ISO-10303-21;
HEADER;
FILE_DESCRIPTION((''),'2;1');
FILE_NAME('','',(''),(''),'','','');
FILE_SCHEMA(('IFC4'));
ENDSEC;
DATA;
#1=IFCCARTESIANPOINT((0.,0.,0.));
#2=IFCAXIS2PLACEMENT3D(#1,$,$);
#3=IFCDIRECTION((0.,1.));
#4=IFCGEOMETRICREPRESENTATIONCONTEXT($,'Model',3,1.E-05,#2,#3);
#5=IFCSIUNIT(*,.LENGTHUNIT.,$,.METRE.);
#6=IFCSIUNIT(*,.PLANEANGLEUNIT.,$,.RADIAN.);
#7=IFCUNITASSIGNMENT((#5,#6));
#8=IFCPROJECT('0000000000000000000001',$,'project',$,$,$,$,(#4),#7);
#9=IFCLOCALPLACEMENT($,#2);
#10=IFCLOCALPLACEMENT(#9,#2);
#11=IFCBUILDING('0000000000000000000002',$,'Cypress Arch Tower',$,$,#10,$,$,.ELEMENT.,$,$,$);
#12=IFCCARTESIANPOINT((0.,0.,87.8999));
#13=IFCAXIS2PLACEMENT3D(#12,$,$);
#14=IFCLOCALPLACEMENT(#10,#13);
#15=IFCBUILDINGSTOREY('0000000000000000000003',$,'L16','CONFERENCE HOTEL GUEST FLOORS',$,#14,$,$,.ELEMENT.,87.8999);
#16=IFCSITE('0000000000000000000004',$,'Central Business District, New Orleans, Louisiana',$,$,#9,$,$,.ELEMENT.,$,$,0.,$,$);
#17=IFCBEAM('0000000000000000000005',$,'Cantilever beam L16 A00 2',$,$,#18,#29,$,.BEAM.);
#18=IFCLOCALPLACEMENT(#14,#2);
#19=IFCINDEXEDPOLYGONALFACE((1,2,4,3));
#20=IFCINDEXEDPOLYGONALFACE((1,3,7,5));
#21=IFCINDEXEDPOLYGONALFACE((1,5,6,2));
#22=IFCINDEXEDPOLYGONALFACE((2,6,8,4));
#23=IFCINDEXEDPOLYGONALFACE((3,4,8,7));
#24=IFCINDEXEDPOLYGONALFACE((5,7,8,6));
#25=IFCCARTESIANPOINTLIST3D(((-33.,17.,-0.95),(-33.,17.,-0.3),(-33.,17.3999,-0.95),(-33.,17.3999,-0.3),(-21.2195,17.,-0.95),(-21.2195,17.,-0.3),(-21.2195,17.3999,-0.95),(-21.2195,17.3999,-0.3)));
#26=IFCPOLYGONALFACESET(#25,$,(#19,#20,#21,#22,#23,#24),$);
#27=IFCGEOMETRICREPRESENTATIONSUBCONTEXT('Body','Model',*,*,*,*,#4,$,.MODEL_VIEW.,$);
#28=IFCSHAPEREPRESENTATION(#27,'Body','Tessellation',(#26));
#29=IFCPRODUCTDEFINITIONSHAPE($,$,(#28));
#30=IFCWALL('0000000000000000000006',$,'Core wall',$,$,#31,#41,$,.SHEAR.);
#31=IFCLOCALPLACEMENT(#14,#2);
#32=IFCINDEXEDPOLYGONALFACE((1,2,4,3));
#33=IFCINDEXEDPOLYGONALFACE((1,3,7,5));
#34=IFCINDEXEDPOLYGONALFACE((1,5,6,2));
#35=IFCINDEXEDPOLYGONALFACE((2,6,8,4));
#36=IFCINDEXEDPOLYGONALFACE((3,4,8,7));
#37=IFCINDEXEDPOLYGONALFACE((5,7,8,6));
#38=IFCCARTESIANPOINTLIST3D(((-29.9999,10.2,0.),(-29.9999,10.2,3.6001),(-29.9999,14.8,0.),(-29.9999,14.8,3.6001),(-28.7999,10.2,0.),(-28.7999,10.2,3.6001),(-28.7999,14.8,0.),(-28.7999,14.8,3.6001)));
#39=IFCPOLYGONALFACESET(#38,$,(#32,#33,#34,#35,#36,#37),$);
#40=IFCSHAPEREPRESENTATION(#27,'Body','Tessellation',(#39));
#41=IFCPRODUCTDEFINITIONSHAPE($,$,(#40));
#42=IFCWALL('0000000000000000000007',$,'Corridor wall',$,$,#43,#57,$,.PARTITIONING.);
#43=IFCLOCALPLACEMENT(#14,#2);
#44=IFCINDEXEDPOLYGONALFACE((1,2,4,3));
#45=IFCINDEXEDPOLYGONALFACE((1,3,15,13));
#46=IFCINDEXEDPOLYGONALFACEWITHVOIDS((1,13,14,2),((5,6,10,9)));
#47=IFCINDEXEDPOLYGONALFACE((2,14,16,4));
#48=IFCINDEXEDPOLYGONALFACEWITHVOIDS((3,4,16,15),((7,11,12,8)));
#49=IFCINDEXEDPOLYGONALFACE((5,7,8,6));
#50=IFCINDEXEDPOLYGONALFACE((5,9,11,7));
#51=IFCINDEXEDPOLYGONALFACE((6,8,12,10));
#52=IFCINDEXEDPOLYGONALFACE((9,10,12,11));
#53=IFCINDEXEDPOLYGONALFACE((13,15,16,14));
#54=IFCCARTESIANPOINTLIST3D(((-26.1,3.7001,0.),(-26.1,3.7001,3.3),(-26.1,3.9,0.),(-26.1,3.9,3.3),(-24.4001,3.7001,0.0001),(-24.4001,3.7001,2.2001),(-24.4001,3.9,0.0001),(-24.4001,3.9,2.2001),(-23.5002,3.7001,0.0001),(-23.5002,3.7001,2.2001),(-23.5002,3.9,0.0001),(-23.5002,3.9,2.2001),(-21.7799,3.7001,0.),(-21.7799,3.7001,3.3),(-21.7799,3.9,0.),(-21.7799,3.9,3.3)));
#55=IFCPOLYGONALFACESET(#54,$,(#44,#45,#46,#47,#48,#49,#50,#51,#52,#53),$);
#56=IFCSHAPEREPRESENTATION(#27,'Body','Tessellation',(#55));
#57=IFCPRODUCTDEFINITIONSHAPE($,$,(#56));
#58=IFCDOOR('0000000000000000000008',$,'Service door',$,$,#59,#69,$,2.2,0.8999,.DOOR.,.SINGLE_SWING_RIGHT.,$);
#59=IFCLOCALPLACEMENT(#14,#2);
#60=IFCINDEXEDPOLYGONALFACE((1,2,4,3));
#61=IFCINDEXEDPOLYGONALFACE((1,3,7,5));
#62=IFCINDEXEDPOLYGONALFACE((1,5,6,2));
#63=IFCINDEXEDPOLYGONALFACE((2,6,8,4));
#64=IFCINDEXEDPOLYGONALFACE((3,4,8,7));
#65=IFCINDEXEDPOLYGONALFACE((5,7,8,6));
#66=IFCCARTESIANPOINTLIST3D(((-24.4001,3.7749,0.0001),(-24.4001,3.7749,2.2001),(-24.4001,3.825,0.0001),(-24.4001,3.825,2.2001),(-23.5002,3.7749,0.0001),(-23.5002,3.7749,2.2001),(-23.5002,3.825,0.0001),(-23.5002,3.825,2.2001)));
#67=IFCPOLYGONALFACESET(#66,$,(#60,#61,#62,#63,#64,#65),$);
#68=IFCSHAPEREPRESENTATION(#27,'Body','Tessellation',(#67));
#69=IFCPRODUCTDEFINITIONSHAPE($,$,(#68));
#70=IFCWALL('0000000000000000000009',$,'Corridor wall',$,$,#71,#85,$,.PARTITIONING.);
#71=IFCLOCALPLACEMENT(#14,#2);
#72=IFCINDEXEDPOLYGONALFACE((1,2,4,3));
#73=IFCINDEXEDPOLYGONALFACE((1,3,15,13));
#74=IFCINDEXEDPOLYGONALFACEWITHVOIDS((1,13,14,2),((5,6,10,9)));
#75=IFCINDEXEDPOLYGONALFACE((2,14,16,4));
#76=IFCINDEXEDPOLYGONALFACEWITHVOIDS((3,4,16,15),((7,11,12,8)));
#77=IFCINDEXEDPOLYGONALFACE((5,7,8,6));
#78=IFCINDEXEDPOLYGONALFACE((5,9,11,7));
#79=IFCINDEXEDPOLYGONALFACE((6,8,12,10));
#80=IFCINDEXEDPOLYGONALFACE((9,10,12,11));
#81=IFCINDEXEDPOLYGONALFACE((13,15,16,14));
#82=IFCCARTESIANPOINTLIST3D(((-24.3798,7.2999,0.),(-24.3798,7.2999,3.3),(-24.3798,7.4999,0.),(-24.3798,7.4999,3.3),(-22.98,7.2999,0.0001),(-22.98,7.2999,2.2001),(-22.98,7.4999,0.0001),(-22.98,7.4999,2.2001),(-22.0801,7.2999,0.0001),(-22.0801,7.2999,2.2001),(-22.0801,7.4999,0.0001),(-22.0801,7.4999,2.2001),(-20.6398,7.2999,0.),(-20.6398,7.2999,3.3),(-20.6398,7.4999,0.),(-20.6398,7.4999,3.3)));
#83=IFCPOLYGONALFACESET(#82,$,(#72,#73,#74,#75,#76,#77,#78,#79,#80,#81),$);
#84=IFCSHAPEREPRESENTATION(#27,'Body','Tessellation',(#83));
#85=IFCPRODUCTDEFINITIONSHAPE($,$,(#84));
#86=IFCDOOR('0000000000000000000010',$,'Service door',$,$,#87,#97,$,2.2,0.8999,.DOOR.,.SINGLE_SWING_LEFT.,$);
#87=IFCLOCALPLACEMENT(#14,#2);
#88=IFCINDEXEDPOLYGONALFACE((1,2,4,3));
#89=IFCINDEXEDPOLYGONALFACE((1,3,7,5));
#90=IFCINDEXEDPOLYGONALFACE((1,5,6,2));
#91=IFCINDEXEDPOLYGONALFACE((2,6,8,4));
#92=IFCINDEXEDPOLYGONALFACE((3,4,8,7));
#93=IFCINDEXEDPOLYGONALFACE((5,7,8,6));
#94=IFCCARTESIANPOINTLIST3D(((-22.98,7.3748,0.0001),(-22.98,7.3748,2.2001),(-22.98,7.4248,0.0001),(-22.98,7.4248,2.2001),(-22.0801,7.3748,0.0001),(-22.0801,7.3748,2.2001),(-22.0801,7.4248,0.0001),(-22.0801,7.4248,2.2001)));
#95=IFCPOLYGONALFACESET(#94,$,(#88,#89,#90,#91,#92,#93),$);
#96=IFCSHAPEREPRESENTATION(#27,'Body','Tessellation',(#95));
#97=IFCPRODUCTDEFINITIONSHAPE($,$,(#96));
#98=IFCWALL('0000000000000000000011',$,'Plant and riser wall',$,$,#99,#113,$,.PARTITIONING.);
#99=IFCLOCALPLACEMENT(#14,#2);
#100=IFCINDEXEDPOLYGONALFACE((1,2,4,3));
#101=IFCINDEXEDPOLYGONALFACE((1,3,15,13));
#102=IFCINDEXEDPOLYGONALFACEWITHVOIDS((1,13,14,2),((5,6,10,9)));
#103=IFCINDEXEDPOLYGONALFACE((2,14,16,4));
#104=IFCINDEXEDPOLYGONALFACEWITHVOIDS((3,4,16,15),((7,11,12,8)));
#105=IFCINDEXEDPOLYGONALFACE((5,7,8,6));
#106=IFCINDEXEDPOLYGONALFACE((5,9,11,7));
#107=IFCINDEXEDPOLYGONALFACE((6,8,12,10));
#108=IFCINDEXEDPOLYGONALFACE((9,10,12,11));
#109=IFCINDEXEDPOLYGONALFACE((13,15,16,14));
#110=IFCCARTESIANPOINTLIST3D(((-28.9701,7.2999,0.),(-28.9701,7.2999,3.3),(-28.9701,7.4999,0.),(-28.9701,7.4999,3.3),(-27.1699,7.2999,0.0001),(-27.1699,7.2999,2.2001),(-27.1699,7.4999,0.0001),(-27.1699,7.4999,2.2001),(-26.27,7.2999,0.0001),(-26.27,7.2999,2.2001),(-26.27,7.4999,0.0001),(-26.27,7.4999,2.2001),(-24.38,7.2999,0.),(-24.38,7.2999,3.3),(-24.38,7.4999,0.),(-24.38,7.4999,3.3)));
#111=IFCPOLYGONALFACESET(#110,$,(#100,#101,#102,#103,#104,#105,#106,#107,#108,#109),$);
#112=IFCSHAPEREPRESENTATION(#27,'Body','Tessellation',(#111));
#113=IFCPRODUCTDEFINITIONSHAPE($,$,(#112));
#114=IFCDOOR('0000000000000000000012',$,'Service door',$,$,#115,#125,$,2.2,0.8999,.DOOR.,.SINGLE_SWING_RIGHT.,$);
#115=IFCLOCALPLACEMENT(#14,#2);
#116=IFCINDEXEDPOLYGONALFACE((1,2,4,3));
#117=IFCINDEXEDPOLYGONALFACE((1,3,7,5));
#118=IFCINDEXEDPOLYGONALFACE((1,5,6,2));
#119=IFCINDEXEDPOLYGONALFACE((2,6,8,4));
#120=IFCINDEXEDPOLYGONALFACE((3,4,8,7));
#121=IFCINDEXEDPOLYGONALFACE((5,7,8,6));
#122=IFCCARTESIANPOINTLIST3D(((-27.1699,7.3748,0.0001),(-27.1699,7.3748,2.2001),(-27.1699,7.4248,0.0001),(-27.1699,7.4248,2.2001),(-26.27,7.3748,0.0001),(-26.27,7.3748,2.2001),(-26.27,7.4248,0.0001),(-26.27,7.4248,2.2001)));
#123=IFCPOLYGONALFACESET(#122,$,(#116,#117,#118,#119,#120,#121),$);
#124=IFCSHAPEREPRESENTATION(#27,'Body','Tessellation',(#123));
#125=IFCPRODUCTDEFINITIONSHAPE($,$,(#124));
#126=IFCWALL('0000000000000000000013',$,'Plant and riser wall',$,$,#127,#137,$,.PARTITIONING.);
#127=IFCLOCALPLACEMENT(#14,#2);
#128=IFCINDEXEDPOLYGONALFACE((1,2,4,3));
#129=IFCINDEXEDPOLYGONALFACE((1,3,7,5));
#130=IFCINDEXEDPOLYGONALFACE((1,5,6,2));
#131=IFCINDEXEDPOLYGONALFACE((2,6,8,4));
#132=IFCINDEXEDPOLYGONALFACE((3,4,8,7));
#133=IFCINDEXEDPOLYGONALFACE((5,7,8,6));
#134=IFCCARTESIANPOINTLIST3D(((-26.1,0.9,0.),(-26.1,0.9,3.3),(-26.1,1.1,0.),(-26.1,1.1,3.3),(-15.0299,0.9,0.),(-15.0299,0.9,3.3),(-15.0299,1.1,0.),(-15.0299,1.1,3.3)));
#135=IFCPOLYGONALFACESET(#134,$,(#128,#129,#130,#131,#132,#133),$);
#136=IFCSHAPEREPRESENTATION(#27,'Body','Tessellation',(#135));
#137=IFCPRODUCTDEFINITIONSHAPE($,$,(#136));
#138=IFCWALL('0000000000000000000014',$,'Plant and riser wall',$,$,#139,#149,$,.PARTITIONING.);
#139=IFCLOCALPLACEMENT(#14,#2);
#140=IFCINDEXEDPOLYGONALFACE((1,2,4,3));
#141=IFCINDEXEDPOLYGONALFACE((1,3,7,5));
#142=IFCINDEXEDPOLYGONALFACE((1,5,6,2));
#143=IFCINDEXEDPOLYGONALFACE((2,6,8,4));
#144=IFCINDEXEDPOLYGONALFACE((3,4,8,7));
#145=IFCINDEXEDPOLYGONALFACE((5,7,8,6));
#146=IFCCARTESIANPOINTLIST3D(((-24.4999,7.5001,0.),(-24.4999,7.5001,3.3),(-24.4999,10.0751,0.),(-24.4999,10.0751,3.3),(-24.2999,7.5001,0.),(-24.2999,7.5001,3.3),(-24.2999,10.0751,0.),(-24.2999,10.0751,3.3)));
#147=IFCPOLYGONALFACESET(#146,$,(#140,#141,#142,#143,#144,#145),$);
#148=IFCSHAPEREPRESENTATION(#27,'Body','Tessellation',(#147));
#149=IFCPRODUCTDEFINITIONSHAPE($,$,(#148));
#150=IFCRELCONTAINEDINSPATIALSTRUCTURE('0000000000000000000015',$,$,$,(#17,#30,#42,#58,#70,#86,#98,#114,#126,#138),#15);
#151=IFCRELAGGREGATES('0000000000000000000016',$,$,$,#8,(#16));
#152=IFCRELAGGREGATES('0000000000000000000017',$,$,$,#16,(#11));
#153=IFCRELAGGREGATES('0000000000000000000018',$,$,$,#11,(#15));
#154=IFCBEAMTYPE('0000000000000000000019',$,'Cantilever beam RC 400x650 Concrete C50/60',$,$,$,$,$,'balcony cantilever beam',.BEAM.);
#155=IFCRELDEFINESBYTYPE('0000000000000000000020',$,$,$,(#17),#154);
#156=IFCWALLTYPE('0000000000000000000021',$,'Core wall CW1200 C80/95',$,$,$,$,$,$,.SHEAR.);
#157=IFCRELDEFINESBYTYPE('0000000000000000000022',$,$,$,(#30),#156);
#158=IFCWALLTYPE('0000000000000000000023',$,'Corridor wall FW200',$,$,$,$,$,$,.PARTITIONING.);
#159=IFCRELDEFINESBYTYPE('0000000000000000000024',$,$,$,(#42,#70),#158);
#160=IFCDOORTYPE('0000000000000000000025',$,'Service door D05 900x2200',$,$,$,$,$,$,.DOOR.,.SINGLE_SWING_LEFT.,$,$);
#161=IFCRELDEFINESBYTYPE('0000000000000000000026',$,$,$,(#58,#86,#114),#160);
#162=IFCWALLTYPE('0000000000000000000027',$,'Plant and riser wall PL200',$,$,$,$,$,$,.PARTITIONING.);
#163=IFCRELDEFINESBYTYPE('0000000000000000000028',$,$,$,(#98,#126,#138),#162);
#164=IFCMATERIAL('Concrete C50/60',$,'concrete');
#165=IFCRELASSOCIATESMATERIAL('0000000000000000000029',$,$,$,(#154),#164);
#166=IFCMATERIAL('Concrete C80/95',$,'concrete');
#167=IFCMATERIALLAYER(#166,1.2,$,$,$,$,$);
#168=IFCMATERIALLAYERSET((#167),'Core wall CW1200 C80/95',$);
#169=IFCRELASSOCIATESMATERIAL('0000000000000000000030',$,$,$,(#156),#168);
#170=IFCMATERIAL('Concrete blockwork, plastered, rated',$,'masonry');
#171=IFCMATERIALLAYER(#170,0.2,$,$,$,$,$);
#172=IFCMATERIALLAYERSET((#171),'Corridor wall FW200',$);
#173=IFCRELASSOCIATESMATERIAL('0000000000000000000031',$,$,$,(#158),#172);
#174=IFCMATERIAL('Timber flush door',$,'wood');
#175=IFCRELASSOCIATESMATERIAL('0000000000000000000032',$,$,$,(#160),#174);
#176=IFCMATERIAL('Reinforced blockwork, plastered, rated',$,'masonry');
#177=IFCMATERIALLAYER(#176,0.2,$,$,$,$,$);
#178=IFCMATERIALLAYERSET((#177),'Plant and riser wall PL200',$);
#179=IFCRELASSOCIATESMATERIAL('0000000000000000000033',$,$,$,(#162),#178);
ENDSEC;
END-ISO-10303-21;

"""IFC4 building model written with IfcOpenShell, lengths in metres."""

from ifc_helpers import new_model, si_unit, direction, frame, frame_2d, origin, origin_2d, place, context, subcontext, project, spatial, rectangle, extrude, material, layer, layer_set, material_profile, profile_set, type_object, element, fill, save


model = new_model("IFC4")

# Units and contexts
model_context = context("Model", 3, precision=1e-05, world=origin(), true_north=direction((0.0, 1.0)))
body_context = subcontext(model_context, "Body", "Model", "MODEL_VIEW")
ifc_project = project(units=[si_unit("LENGTHUNIT", "METRE"), si_unit("PLANEANGLEUNIT", "RADIAN")], contexts=[model_context])

# Site, building, storey
site_placement = place(None, origin())
site = spatial("IfcSite", under=ifc_project, at=site_placement, Name="Central Business District, New Orleans, Louisiana", CompositionType="ELEMENT", RefElevation=0.0)
building_placement = place(site_placement, origin())
building = spatial("IfcBuilding", under=site, at=building_placement, Name="Cypress Arch Tower", CompositionType="ELEMENT")
storey_placement = place(building_placement, frame((0.0, 0.0, 87.8999)))
storey = spatial("IfcBuildingStorey", under=building, at=storey_placement, Name="L16", Description="CONFERENCE HOTEL GUEST FLOORS", CompositionType="ELEMENT", Elevation=87.8999)

# Beam
ifc_material_1 = material(Name="Concrete C50/60", Category="concrete")
ifc_material_profile = material_profile(ifc_material_1, rectangle(XDim=0.3999, YDim=0.6499, at=origin_2d()), Name="RC 400x650")
ifc_profile_set = profile_set([ifc_material_profile], Name="Concrete C50/60")
beam_type = type_object("IfcBeamType", Name="Cantilever beam RC 400x650 Concrete C50/60", ElementType="balcony cantilever beam", PredefinedType="BEAM", material=ifc_profile_set)
beam_placement = place(storey_placement, frame((-21.2195, 17.2, -0.625), z_axis=(-1.0, 0.0, 0.0), x_axis=(0.0, -1.0, 0.0)))
element("IfcBeam", 1, at=beam_placement, inside=storey, type_object=beam_type, Name="Cantilever beam L16 A00 2", PredefinedType="BEAM", context=body_context, shape_type="SweptSolid", body=[
    extrude(rectangle(XDim=0.3999, YDim=0.6499, at=origin_2d()), origin(), (0.0, 0.0, 1.0), 11.7805),
])

# Shared definitions
ifc_material_2 = material(Name="Concrete C80/95", Category="concrete")
ifc_layer_1 = layer(ifc_material_2, 1.2)
ifc_layer_set_1 = layer_set([ifc_layer_1], Name="Core wall CW1200 C80/95")
wall_type_1 = type_object("IfcWallType", Name="Core wall CW1200 C80/95", PredefinedType="SHEAR", material=ifc_layer_set_1)

# Wall
wall_1_placement = place(storey_placement, frame((-29.3999, 10.2, 0.0), z_axis=(0.0, 0.0, 1.0), x_axis=(0.0, 1.0, 0.0)))
element("IfcWall", 2, at=wall_1_placement, inside=storey, type_object=wall_type_1, Name="Core wall", PredefinedType="SHEAR", context=body_context, shape_type="SweptSolid", body=[
    extrude(rectangle(XDim=4.6001, YDim=1.2, at=frame_2d((2.3, 0.0))), origin(), (0.0, 0.0, 1.0), 3.6001),
])

# Walls, openings, doors
ifc_material_3 = material(Name="Concrete blockwork, plastered, rated", Category="masonry")
ifc_layer_2 = layer(ifc_material_3, 0.2)
ifc_layer_set_2 = layer_set([ifc_layer_2], Name="Corridor wall FW200")
wall_type_2 = type_object("IfcWallType", Name="Corridor wall FW200", PredefinedType="PARTITIONING", material=ifc_layer_set_2)
wall_2_placement = place(storey_placement, frame((-26.1001, 3.8, 0.0), z_axis=(0.0, 0.0, 1.0), x_axis=(1.0, 0.0, 0.0)))
wall_2 = element("IfcWall", 3, at=wall_2_placement, inside=storey, type_object=wall_type_2, Name="Corridor wall", PredefinedType="PARTITIONING", context=body_context, shape_type="SweptSolid", body=[
    extrude(rectangle(XDim=4.3201, YDim=0.2, at=frame_2d((2.1602, 0.0))), origin(), (0.0, 0.0, 1.0), 3.3),
])
opening_1_placement = place(wall_2_placement, frame((1.7, 0.0, 0.0)))
opening_1 = element("IfcOpeningElement", 4, at=opening_1_placement, cuts=wall_2, PredefinedType="OPENING", context=body_context, shape_type="SweptSolid", body=[
    extrude(rectangle(XDim=0.8999, YDim=2.2, at=frame_2d((0.45, 1.1001))), frame((0.0, 0.1099, 0.0), z_axis=(0.0, -1.0, 0.0), x_axis=(1.0, 0.0, 0.0)), (0.0, 0.0, 1.0), 0.22),
])
ifc_material_4 = material(Name="Timber flush door", Category="wood")
door_type_1 = type_object("IfcDoorType", Name="Service door D05 900x2200", OperationType="SINGLE_SWING_LEFT", PredefinedType="DOOR", material=ifc_material_4)
door_1_placement = place(opening_1_placement, origin())
door_1 = element("IfcDoor", 5, at=door_1_placement, inside=storey, type_object=door_type_1, Name="Service door", OperationType="SINGLE_SWING_RIGHT", OverallHeight=2.2, OverallWidth=0.8999, PredefinedType="DOOR", context=body_context, shape_type="SweptSolid", body=[
    extrude(rectangle(XDim=0.8999, YDim=2.2, at=frame_2d((0.45, 1.1001))), frame((0.0, 0.0249, 0.0), z_axis=(0.0, -1.0, 0.0), x_axis=(1.0, 0.0, 0.0)), (0.0, 0.0, 1.0), 0.05),
])
fill(opening_1, door_1)
wall_3_placement = place(storey_placement, frame((-24.3799, 7.3999, 0.0), z_axis=(0.0, 0.0, 1.0), x_axis=(1.0, 0.0, 0.0)))
wall_3 = element("IfcWall", 6, at=wall_3_placement, inside=storey, type_object=wall_type_2, Name="Corridor wall", PredefinedType="PARTITIONING", context=body_context, shape_type="SweptSolid", body=[
    extrude(rectangle(XDim=3.74, YDim=0.2, at=frame_2d((1.8701, 0.0))), origin(), (0.0, 0.0, 1.0), 3.3),
])
opening_2_placement = place(wall_3_placement, frame((1.3999, 0.0, 0.0)))
opening_2 = element("IfcOpeningElement", 7, at=opening_2_placement, cuts=wall_3, PredefinedType="OPENING", context=body_context, shape_type="SweptSolid", body=[
    extrude(rectangle(XDim=0.8999, YDim=2.2, at=frame_2d((0.45, 1.1001))), frame((0.0, 0.1099, 0.0), z_axis=(0.0, -1.0, 0.0), x_axis=(1.0, 0.0, 0.0)), (0.0, 0.0, 1.0), 0.22),
])
door_2_placement = place(opening_2_placement, origin())
door_2 = element("IfcDoor", 8, at=door_2_placement, inside=storey, type_object=door_type_1, Name="Service door", OperationType="SINGLE_SWING_LEFT", OverallHeight=2.2, OverallWidth=0.8999, PredefinedType="DOOR", context=body_context, shape_type="SweptSolid", body=[
    extrude(rectangle(XDim=0.8999, YDim=2.2, at=frame_2d((0.45, 1.1001))), frame((0.0, 0.0249, 0.0), z_axis=(0.0, -1.0, 0.0), x_axis=(1.0, 0.0, 0.0)), (0.0, 0.0, 1.0), 0.05),
])
fill(opening_2, door_2)
ifc_material_5 = material(Name="Reinforced blockwork, plastered, rated", Category="masonry")
ifc_layer_3 = layer(ifc_material_5, 0.2)
ifc_layer_set_3 = layer_set([ifc_layer_3], Name="Plant and riser wall PL200")
wall_type_3 = type_object("IfcWallType", Name="Plant and riser wall PL200", PredefinedType="PARTITIONING", material=ifc_layer_set_3)
wall_4_placement = place(storey_placement, frame((-28.97, 7.3999, 0.0), z_axis=(0.0, 0.0, 1.0), x_axis=(1.0, 0.0, 0.0)))
wall_4 = element("IfcWall", 9, at=wall_4_placement, inside=storey, type_object=wall_type_3, Name="Plant and riser wall", PredefinedType="PARTITIONING", context=body_context, shape_type="SweptSolid", body=[
    extrude(rectangle(XDim=4.5901, YDim=0.2, at=frame_2d((2.2949, 0.0))), origin(), (0.0, 0.0, 1.0), 3.3),
])
opening_3_placement = place(wall_4_placement, frame((1.8, 0.0, 0.0)))
opening_3 = element("IfcOpeningElement", 10, at=opening_3_placement, cuts=wall_4, PredefinedType="OPENING", context=body_context, shape_type="SweptSolid", body=[
    extrude(rectangle(XDim=0.8999, YDim=2.2, at=frame_2d((0.45, 1.1001))), frame((0.0, 0.1099, 0.0), z_axis=(0.0, -1.0, 0.0), x_axis=(1.0, 0.0, 0.0)), (0.0, 0.0, 1.0), 0.22),
])
door_3_placement = place(opening_3_placement, origin())
door_3 = element("IfcDoor", 11, at=door_3_placement, inside=storey, type_object=door_type_1, Name="Service door", OperationType="SINGLE_SWING_RIGHT", OverallHeight=2.2, OverallWidth=0.8999, PredefinedType="DOOR", context=body_context, shape_type="SweptSolid", body=[
    extrude(rectangle(XDim=0.8999, YDim=2.2, at=frame_2d((0.45, 1.1001))), frame((0.0, 0.0249, 0.0), z_axis=(0.0, -1.0, 0.0), x_axis=(1.0, 0.0, 0.0)), (0.0, 0.0, 1.0), 0.05),
])
fill(opening_3, door_3)

# Walls
wall_5_placement = place(storey_placement, frame((-26.1001, 1.0, 0.0), z_axis=(0.0, 0.0, 1.0), x_axis=(1.0, 0.0, 0.0)))
element("IfcWall", 12, at=wall_5_placement, inside=storey, type_object=wall_type_3, Name="Plant and riser wall", PredefinedType="PARTITIONING", context=body_context, shape_type="SweptSolid", body=[
    extrude(rectangle(XDim=11.0701, YDim=0.2, at=frame_2d((5.5352, 0.0))), origin(), (0.0, 0.0, 1.0), 3.3),
])
wall_6_placement = place(storey_placement, frame((-24.3999, 7.5, 0.0), z_axis=(0.0, 0.0, 1.0), x_axis=(0.0, 1.0, 0.0)))
element("IfcWall", 13, at=wall_6_placement, inside=storey, type_object=wall_type_3, Name="Plant and riser wall", PredefinedType="PARTITIONING", context=body_context, shape_type="SweptSolid", body=[
    extrude(rectangle(XDim=2.575, YDim=0.2, at=frame_2d((1.2876, 0.0))), origin(), (0.0, 0.0, 1.0), 3.3),
])

save(model, "model.ifc")
